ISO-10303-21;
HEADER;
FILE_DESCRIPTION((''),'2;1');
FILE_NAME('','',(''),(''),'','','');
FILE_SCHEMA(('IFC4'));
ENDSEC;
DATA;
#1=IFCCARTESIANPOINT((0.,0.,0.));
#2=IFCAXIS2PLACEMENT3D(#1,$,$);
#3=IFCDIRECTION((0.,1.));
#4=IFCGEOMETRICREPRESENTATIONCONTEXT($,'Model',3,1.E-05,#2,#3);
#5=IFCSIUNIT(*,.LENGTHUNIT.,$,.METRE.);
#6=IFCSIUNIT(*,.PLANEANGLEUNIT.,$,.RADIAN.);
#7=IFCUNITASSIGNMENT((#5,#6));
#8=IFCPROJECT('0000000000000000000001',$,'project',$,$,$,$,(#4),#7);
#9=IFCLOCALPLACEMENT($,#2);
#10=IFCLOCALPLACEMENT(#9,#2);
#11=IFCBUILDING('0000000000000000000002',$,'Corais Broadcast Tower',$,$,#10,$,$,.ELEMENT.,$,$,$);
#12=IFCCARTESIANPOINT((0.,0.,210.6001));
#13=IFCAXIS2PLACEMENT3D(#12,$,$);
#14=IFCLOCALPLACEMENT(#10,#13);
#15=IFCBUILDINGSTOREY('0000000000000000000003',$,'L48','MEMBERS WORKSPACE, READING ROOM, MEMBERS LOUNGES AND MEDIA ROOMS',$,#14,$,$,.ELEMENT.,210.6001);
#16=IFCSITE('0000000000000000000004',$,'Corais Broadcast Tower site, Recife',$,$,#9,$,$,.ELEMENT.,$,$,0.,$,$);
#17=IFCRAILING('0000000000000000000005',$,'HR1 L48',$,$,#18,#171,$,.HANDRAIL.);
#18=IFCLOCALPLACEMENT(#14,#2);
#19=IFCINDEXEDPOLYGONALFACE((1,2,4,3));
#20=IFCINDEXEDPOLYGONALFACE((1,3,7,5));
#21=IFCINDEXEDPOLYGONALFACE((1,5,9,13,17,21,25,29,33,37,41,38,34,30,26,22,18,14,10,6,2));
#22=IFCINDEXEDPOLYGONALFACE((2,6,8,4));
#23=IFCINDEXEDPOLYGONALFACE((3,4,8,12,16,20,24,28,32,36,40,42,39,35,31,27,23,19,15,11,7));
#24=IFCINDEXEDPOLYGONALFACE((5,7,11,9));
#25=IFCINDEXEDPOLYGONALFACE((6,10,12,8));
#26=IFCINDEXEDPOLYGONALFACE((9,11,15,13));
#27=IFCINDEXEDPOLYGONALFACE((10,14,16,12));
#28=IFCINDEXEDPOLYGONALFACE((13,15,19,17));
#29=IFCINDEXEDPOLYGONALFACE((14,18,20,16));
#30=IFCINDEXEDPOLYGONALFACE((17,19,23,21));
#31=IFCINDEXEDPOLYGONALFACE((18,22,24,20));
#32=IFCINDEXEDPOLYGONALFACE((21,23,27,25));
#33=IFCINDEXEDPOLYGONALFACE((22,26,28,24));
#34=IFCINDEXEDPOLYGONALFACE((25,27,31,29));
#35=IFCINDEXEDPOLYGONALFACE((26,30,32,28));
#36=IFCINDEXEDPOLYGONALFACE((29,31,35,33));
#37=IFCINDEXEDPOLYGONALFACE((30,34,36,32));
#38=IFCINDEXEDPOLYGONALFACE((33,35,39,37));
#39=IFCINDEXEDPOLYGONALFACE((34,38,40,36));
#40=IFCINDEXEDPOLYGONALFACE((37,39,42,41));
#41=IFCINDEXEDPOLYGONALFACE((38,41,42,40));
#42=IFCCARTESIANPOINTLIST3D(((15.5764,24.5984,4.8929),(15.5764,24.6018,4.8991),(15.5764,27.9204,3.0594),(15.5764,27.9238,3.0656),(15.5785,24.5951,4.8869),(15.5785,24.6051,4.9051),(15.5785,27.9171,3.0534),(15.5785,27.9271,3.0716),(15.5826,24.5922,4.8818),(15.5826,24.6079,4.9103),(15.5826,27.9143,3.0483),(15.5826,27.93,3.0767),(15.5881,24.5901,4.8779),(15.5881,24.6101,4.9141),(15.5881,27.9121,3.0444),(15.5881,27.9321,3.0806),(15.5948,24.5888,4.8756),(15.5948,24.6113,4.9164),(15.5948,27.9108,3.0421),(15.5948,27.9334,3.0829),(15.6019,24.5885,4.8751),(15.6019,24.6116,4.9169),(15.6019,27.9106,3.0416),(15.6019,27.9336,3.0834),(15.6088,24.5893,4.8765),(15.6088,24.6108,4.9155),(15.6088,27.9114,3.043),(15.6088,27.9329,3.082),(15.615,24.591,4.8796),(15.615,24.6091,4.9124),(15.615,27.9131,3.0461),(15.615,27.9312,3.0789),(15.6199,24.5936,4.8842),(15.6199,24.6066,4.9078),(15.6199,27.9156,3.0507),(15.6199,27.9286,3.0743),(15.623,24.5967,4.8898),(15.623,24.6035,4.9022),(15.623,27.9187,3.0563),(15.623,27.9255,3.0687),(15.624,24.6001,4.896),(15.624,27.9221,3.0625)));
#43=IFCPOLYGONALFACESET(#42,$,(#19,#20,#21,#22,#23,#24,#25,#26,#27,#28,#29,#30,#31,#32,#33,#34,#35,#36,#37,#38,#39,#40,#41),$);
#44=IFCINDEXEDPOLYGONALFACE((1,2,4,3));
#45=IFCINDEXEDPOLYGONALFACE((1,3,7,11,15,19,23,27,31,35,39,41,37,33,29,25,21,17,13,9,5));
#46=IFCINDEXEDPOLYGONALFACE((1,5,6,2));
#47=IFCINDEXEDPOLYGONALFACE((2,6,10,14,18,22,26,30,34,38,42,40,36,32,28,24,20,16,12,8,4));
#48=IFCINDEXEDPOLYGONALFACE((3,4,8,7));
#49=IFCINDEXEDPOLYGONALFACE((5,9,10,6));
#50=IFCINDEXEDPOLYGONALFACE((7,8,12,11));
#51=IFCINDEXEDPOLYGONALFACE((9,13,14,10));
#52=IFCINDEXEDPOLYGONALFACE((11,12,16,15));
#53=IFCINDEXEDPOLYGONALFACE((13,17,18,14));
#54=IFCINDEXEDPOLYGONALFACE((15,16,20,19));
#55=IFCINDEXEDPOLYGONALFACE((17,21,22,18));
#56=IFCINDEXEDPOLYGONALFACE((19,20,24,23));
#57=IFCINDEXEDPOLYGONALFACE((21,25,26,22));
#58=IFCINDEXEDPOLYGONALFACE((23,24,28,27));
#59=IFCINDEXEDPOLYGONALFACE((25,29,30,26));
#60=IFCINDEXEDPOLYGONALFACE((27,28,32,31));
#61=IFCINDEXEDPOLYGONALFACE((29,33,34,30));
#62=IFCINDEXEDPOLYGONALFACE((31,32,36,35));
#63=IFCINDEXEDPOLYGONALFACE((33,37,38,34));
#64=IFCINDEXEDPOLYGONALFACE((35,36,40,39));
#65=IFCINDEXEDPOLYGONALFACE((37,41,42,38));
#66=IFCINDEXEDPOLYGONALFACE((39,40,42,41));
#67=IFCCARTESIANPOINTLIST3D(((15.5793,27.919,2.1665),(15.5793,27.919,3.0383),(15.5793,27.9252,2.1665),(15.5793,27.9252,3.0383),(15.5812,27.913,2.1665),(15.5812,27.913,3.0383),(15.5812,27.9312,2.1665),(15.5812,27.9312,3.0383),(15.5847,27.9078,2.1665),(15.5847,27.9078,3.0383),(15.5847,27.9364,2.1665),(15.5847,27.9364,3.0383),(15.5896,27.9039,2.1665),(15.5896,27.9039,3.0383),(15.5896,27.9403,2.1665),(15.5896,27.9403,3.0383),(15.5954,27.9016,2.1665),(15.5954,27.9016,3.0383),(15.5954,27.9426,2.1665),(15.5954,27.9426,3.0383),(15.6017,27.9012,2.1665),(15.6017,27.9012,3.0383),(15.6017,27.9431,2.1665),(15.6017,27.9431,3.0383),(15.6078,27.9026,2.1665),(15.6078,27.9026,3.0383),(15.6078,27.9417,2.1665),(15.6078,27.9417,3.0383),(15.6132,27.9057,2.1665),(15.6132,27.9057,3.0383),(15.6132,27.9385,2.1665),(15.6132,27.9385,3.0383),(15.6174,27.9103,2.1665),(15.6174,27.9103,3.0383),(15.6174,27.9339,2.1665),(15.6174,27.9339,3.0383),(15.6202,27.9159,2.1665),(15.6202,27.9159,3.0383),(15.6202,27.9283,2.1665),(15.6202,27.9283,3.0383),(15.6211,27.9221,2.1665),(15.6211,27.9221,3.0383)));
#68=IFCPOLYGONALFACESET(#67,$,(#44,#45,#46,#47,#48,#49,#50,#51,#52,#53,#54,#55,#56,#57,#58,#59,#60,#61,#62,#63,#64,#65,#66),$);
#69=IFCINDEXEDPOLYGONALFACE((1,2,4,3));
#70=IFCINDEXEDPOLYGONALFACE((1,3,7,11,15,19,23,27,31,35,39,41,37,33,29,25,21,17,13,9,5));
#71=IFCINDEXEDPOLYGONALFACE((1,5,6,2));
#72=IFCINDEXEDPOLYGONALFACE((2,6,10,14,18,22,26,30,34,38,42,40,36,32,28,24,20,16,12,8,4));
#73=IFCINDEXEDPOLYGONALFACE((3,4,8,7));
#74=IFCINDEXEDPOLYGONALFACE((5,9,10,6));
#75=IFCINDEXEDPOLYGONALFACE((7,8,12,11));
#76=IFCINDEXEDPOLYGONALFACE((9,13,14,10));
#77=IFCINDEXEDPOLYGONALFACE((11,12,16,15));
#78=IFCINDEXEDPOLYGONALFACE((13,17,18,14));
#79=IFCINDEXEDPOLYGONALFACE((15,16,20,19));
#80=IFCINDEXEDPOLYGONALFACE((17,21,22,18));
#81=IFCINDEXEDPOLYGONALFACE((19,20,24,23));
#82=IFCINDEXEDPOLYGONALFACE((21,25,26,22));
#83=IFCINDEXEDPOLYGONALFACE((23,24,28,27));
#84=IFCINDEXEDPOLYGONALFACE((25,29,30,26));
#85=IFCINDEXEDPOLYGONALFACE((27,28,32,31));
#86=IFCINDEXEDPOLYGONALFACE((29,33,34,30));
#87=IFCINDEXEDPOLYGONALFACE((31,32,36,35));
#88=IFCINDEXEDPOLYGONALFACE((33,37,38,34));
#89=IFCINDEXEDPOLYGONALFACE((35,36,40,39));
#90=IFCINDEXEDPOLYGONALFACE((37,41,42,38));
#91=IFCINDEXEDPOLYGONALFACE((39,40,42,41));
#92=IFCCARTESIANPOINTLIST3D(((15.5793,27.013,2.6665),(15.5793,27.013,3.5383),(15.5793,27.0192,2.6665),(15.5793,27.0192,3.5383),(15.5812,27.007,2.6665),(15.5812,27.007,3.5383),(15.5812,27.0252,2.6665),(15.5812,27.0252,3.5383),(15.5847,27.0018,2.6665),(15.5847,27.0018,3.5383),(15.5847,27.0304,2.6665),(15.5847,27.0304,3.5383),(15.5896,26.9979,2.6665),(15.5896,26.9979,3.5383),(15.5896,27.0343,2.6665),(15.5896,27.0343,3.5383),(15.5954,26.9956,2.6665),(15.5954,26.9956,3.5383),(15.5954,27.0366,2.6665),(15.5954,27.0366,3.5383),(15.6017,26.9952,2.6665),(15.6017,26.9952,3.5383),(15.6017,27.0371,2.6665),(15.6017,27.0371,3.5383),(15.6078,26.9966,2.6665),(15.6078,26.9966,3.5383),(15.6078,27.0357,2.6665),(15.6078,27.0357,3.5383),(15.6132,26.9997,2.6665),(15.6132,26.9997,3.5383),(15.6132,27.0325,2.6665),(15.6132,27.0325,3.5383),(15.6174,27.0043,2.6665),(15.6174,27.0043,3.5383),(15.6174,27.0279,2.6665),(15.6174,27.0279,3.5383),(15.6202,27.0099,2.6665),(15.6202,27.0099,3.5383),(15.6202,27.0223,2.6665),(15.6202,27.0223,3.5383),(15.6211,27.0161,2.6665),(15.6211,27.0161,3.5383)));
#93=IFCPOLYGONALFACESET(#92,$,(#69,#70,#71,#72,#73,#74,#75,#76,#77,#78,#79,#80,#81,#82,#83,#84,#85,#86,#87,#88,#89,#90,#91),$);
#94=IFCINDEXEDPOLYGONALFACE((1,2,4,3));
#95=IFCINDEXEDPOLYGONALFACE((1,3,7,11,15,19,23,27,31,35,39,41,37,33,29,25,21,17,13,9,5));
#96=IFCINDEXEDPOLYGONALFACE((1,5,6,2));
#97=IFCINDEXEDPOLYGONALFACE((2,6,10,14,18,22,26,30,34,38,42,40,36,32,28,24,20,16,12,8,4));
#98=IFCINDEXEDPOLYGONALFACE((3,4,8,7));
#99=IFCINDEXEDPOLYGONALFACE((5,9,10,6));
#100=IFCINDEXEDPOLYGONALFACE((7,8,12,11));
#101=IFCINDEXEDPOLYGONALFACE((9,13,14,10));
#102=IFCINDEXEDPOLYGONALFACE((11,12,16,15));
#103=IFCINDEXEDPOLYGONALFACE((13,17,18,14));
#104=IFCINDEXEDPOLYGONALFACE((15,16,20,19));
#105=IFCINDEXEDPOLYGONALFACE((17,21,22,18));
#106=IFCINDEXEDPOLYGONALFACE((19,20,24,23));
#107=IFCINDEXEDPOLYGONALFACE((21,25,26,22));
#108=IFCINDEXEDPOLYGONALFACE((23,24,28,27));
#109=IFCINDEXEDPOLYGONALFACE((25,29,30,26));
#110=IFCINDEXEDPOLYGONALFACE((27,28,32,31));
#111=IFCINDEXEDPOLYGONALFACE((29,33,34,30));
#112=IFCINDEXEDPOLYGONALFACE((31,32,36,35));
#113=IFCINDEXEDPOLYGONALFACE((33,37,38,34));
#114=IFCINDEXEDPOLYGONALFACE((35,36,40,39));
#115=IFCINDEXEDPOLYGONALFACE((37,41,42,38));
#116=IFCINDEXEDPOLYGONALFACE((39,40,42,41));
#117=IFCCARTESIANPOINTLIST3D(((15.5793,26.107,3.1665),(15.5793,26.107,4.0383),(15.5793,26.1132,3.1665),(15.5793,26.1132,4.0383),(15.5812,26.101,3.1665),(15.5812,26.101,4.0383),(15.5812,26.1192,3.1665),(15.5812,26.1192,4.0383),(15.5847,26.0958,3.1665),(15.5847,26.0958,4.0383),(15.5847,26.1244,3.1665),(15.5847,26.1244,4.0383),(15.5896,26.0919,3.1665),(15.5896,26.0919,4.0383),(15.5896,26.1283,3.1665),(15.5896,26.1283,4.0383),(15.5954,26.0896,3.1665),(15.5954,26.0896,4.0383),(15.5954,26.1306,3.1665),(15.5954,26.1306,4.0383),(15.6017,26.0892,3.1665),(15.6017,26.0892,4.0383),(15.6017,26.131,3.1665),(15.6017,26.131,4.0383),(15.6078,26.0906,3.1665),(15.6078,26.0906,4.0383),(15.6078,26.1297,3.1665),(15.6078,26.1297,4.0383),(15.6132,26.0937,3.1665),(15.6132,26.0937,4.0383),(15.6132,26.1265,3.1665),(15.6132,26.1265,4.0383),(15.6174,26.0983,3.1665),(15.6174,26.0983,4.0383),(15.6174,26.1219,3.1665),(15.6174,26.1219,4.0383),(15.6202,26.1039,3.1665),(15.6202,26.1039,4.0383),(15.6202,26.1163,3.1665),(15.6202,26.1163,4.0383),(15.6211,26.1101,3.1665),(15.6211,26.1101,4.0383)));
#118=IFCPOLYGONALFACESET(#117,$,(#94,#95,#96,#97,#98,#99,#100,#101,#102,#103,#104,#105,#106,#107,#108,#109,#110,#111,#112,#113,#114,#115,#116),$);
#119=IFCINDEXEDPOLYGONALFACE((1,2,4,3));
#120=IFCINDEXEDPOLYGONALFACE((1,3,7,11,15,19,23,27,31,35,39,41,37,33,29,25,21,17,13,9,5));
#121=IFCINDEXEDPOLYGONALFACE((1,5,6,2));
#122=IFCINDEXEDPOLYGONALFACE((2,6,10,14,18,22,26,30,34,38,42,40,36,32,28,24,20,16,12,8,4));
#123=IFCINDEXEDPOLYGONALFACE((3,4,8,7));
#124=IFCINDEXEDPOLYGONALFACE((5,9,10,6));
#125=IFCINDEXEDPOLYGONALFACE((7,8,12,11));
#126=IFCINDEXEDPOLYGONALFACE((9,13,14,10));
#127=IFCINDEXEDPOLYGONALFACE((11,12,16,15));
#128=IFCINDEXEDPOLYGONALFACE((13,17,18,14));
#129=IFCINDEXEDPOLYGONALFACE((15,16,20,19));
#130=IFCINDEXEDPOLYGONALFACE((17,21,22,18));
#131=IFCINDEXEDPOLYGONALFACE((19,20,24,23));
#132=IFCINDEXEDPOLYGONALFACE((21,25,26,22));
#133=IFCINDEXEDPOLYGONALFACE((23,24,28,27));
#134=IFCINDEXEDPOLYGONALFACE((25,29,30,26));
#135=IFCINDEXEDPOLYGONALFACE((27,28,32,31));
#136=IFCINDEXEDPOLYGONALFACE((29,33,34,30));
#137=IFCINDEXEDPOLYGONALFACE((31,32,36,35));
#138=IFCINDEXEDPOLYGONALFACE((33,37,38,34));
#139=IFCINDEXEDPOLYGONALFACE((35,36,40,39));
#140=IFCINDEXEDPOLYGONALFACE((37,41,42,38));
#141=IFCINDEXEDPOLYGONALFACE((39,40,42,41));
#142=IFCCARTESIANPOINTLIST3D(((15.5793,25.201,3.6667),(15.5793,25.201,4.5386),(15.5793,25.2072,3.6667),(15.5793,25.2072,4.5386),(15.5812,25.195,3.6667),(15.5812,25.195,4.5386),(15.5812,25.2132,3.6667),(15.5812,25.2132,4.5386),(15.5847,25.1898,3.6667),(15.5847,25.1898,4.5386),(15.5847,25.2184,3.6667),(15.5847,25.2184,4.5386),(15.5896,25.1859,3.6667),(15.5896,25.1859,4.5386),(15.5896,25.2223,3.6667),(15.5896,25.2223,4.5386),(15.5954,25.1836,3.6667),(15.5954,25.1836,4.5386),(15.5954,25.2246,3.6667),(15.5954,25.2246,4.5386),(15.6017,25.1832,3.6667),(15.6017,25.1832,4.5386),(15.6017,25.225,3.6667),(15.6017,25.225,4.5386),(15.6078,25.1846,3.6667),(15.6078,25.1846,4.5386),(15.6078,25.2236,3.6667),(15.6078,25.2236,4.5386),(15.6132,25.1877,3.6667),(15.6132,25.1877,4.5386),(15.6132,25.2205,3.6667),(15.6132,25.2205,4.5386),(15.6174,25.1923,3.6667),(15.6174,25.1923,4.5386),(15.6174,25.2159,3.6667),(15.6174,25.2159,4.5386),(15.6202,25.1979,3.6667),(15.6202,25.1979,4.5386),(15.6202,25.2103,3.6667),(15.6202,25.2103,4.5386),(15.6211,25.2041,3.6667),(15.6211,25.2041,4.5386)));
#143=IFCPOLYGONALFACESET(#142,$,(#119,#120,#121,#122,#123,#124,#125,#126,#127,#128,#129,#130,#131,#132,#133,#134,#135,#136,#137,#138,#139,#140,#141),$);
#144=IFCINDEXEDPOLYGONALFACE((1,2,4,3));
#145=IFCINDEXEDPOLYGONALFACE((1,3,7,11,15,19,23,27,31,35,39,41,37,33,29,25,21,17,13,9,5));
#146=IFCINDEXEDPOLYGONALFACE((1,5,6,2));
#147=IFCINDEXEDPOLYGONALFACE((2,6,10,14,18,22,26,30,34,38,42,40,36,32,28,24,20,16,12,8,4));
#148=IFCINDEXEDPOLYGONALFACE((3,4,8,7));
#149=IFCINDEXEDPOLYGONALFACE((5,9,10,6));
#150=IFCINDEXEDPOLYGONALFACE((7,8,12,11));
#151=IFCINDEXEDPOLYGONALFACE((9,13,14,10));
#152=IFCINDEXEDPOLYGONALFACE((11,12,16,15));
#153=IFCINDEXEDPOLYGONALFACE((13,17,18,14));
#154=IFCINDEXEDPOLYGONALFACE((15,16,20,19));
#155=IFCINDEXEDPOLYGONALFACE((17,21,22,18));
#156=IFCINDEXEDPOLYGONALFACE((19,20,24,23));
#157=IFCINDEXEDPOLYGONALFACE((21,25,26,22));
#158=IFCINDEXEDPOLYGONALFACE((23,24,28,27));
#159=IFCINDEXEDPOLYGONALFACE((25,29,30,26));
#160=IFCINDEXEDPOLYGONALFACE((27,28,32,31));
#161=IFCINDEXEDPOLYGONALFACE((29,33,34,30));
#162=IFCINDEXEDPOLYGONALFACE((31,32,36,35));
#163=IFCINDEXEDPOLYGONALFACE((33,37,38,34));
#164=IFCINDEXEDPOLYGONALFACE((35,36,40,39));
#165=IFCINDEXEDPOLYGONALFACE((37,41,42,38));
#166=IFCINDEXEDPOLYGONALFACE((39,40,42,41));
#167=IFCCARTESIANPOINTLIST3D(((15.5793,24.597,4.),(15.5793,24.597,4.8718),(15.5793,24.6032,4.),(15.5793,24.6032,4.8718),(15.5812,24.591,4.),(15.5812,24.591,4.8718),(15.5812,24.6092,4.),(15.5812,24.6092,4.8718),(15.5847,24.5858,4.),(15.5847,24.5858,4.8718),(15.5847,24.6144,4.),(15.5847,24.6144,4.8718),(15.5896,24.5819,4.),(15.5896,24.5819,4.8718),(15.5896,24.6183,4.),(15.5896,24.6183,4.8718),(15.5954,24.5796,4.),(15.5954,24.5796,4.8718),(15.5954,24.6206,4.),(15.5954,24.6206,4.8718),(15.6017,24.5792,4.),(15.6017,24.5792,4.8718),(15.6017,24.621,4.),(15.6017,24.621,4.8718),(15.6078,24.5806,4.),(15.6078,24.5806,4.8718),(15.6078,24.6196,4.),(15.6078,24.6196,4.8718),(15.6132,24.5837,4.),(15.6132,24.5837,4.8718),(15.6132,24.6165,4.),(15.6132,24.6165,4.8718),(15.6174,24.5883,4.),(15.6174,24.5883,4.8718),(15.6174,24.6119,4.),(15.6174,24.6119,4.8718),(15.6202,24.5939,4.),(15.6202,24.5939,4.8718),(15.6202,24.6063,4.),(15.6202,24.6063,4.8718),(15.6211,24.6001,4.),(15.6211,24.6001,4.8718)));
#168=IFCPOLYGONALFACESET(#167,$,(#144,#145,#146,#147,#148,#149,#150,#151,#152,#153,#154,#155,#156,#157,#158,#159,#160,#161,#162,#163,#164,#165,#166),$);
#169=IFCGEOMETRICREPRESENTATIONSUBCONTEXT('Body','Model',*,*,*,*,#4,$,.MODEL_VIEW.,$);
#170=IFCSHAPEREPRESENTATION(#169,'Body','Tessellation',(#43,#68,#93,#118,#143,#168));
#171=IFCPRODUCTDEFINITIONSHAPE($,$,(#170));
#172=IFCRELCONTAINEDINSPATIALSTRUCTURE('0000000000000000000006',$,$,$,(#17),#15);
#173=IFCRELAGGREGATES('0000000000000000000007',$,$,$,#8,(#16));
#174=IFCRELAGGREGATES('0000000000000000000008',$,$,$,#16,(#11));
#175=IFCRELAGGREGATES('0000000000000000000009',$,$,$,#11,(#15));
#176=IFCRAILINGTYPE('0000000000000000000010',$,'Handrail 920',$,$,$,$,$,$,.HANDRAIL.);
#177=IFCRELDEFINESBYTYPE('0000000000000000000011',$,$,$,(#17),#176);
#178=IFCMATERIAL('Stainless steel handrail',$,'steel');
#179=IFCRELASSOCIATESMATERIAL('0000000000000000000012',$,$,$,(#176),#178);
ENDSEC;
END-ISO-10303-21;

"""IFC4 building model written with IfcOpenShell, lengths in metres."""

from ifc_helpers import new_model, si_unit, direction, frame, origin, origin_2d, place, context, subcontext, project, spatial, circle, extrude, material, type_object, element, save


model = new_model("IFC4")

# Units and contexts
model_context = context("Model", 3, precision=1e-05, world=origin(), true_north=direction((0.0, 1.0)))
body_context = subcontext(model_context, "Body", "Model", "MODEL_VIEW")
ifc_project = project(units=[si_unit("LENGTHUNIT", "METRE"), si_unit("PLANEANGLEUNIT", "RADIAN")], contexts=[model_context])

# Site, building, storey
site_placement = place(None, origin())
site = spatial("IfcSite", under=ifc_project, at=site_placement, Name="Corais Broadcast Tower site, Recife", CompositionType="ELEMENT", RefElevation=0.0)
building_placement = place(site_placement, origin())
building = spatial("IfcBuilding", under=site, at=building_placement, Name="Corais Broadcast Tower", CompositionType="ELEMENT")
storey_placement = place(building_placement, frame((0.0, 0.0, 210.6001)))
storey = spatial("IfcBuildingStorey", under=building, at=storey_placement, Name="L48", Description="MEMBERS WORKSPACE, READING ROOM, MEMBERS LOUNGES AND MEDIA ROOMS", CompositionType="ELEMENT", Elevation=210.6001)

# Railing
ifc_material_1 = material(Name="Stainless steel handrail", Category="steel")
railing_type = type_object("IfcRailingType", Name="Handrail 920", PredefinedType="HANDRAIL", material=ifc_material_1)
for number, where, name in (
    (1, (15.6001, 27.9221, 2.1665), "HR1 L48"),
):
    element("IfcRailing", number, at=place(storey_placement, frame(where)), inside=storey, type_object=railing_type, Name=name, PredefinedType="HANDRAIL", context=body_context, shape_type="SweptSolid", body=[
        extrude(circle(Radius=0.0239, at=origin_2d()), frame((0.0, 0.0, 0.896), z_axis=(0.0, -0.875504, 0.48321), x_axis=(1.0, 0.0, 0.0)), (0.0, 0.0, 1.0), 3.7944),
        extrude(circle(Radius=0.021, at=origin_2d()), origin(), (0.0, 0.0, 1.0), 0.8718),
        extrude(circle(Radius=0.021, at=origin_2d()), frame((0.0, -0.906, 0.5)), (0.0, 0.0, 1.0), 0.8718),
        extrude(circle(Radius=0.021, at=origin_2d()), frame((0.0, -1.812, 1.0)), (0.0, 0.0, 1.0), 0.8718),
        extrude(circle(Radius=0.021, at=origin_2d()), frame((0.0, -2.718, 1.5002)), (0.0, 0.0, 1.0), 0.8718),
        extrude(circle(Radius=0.021, at=origin_2d()), frame((0.0, -3.322, 1.8335)), (0.0, 0.0, 1.0), 0.8718),
    ])

save(model, "model.ifc")
